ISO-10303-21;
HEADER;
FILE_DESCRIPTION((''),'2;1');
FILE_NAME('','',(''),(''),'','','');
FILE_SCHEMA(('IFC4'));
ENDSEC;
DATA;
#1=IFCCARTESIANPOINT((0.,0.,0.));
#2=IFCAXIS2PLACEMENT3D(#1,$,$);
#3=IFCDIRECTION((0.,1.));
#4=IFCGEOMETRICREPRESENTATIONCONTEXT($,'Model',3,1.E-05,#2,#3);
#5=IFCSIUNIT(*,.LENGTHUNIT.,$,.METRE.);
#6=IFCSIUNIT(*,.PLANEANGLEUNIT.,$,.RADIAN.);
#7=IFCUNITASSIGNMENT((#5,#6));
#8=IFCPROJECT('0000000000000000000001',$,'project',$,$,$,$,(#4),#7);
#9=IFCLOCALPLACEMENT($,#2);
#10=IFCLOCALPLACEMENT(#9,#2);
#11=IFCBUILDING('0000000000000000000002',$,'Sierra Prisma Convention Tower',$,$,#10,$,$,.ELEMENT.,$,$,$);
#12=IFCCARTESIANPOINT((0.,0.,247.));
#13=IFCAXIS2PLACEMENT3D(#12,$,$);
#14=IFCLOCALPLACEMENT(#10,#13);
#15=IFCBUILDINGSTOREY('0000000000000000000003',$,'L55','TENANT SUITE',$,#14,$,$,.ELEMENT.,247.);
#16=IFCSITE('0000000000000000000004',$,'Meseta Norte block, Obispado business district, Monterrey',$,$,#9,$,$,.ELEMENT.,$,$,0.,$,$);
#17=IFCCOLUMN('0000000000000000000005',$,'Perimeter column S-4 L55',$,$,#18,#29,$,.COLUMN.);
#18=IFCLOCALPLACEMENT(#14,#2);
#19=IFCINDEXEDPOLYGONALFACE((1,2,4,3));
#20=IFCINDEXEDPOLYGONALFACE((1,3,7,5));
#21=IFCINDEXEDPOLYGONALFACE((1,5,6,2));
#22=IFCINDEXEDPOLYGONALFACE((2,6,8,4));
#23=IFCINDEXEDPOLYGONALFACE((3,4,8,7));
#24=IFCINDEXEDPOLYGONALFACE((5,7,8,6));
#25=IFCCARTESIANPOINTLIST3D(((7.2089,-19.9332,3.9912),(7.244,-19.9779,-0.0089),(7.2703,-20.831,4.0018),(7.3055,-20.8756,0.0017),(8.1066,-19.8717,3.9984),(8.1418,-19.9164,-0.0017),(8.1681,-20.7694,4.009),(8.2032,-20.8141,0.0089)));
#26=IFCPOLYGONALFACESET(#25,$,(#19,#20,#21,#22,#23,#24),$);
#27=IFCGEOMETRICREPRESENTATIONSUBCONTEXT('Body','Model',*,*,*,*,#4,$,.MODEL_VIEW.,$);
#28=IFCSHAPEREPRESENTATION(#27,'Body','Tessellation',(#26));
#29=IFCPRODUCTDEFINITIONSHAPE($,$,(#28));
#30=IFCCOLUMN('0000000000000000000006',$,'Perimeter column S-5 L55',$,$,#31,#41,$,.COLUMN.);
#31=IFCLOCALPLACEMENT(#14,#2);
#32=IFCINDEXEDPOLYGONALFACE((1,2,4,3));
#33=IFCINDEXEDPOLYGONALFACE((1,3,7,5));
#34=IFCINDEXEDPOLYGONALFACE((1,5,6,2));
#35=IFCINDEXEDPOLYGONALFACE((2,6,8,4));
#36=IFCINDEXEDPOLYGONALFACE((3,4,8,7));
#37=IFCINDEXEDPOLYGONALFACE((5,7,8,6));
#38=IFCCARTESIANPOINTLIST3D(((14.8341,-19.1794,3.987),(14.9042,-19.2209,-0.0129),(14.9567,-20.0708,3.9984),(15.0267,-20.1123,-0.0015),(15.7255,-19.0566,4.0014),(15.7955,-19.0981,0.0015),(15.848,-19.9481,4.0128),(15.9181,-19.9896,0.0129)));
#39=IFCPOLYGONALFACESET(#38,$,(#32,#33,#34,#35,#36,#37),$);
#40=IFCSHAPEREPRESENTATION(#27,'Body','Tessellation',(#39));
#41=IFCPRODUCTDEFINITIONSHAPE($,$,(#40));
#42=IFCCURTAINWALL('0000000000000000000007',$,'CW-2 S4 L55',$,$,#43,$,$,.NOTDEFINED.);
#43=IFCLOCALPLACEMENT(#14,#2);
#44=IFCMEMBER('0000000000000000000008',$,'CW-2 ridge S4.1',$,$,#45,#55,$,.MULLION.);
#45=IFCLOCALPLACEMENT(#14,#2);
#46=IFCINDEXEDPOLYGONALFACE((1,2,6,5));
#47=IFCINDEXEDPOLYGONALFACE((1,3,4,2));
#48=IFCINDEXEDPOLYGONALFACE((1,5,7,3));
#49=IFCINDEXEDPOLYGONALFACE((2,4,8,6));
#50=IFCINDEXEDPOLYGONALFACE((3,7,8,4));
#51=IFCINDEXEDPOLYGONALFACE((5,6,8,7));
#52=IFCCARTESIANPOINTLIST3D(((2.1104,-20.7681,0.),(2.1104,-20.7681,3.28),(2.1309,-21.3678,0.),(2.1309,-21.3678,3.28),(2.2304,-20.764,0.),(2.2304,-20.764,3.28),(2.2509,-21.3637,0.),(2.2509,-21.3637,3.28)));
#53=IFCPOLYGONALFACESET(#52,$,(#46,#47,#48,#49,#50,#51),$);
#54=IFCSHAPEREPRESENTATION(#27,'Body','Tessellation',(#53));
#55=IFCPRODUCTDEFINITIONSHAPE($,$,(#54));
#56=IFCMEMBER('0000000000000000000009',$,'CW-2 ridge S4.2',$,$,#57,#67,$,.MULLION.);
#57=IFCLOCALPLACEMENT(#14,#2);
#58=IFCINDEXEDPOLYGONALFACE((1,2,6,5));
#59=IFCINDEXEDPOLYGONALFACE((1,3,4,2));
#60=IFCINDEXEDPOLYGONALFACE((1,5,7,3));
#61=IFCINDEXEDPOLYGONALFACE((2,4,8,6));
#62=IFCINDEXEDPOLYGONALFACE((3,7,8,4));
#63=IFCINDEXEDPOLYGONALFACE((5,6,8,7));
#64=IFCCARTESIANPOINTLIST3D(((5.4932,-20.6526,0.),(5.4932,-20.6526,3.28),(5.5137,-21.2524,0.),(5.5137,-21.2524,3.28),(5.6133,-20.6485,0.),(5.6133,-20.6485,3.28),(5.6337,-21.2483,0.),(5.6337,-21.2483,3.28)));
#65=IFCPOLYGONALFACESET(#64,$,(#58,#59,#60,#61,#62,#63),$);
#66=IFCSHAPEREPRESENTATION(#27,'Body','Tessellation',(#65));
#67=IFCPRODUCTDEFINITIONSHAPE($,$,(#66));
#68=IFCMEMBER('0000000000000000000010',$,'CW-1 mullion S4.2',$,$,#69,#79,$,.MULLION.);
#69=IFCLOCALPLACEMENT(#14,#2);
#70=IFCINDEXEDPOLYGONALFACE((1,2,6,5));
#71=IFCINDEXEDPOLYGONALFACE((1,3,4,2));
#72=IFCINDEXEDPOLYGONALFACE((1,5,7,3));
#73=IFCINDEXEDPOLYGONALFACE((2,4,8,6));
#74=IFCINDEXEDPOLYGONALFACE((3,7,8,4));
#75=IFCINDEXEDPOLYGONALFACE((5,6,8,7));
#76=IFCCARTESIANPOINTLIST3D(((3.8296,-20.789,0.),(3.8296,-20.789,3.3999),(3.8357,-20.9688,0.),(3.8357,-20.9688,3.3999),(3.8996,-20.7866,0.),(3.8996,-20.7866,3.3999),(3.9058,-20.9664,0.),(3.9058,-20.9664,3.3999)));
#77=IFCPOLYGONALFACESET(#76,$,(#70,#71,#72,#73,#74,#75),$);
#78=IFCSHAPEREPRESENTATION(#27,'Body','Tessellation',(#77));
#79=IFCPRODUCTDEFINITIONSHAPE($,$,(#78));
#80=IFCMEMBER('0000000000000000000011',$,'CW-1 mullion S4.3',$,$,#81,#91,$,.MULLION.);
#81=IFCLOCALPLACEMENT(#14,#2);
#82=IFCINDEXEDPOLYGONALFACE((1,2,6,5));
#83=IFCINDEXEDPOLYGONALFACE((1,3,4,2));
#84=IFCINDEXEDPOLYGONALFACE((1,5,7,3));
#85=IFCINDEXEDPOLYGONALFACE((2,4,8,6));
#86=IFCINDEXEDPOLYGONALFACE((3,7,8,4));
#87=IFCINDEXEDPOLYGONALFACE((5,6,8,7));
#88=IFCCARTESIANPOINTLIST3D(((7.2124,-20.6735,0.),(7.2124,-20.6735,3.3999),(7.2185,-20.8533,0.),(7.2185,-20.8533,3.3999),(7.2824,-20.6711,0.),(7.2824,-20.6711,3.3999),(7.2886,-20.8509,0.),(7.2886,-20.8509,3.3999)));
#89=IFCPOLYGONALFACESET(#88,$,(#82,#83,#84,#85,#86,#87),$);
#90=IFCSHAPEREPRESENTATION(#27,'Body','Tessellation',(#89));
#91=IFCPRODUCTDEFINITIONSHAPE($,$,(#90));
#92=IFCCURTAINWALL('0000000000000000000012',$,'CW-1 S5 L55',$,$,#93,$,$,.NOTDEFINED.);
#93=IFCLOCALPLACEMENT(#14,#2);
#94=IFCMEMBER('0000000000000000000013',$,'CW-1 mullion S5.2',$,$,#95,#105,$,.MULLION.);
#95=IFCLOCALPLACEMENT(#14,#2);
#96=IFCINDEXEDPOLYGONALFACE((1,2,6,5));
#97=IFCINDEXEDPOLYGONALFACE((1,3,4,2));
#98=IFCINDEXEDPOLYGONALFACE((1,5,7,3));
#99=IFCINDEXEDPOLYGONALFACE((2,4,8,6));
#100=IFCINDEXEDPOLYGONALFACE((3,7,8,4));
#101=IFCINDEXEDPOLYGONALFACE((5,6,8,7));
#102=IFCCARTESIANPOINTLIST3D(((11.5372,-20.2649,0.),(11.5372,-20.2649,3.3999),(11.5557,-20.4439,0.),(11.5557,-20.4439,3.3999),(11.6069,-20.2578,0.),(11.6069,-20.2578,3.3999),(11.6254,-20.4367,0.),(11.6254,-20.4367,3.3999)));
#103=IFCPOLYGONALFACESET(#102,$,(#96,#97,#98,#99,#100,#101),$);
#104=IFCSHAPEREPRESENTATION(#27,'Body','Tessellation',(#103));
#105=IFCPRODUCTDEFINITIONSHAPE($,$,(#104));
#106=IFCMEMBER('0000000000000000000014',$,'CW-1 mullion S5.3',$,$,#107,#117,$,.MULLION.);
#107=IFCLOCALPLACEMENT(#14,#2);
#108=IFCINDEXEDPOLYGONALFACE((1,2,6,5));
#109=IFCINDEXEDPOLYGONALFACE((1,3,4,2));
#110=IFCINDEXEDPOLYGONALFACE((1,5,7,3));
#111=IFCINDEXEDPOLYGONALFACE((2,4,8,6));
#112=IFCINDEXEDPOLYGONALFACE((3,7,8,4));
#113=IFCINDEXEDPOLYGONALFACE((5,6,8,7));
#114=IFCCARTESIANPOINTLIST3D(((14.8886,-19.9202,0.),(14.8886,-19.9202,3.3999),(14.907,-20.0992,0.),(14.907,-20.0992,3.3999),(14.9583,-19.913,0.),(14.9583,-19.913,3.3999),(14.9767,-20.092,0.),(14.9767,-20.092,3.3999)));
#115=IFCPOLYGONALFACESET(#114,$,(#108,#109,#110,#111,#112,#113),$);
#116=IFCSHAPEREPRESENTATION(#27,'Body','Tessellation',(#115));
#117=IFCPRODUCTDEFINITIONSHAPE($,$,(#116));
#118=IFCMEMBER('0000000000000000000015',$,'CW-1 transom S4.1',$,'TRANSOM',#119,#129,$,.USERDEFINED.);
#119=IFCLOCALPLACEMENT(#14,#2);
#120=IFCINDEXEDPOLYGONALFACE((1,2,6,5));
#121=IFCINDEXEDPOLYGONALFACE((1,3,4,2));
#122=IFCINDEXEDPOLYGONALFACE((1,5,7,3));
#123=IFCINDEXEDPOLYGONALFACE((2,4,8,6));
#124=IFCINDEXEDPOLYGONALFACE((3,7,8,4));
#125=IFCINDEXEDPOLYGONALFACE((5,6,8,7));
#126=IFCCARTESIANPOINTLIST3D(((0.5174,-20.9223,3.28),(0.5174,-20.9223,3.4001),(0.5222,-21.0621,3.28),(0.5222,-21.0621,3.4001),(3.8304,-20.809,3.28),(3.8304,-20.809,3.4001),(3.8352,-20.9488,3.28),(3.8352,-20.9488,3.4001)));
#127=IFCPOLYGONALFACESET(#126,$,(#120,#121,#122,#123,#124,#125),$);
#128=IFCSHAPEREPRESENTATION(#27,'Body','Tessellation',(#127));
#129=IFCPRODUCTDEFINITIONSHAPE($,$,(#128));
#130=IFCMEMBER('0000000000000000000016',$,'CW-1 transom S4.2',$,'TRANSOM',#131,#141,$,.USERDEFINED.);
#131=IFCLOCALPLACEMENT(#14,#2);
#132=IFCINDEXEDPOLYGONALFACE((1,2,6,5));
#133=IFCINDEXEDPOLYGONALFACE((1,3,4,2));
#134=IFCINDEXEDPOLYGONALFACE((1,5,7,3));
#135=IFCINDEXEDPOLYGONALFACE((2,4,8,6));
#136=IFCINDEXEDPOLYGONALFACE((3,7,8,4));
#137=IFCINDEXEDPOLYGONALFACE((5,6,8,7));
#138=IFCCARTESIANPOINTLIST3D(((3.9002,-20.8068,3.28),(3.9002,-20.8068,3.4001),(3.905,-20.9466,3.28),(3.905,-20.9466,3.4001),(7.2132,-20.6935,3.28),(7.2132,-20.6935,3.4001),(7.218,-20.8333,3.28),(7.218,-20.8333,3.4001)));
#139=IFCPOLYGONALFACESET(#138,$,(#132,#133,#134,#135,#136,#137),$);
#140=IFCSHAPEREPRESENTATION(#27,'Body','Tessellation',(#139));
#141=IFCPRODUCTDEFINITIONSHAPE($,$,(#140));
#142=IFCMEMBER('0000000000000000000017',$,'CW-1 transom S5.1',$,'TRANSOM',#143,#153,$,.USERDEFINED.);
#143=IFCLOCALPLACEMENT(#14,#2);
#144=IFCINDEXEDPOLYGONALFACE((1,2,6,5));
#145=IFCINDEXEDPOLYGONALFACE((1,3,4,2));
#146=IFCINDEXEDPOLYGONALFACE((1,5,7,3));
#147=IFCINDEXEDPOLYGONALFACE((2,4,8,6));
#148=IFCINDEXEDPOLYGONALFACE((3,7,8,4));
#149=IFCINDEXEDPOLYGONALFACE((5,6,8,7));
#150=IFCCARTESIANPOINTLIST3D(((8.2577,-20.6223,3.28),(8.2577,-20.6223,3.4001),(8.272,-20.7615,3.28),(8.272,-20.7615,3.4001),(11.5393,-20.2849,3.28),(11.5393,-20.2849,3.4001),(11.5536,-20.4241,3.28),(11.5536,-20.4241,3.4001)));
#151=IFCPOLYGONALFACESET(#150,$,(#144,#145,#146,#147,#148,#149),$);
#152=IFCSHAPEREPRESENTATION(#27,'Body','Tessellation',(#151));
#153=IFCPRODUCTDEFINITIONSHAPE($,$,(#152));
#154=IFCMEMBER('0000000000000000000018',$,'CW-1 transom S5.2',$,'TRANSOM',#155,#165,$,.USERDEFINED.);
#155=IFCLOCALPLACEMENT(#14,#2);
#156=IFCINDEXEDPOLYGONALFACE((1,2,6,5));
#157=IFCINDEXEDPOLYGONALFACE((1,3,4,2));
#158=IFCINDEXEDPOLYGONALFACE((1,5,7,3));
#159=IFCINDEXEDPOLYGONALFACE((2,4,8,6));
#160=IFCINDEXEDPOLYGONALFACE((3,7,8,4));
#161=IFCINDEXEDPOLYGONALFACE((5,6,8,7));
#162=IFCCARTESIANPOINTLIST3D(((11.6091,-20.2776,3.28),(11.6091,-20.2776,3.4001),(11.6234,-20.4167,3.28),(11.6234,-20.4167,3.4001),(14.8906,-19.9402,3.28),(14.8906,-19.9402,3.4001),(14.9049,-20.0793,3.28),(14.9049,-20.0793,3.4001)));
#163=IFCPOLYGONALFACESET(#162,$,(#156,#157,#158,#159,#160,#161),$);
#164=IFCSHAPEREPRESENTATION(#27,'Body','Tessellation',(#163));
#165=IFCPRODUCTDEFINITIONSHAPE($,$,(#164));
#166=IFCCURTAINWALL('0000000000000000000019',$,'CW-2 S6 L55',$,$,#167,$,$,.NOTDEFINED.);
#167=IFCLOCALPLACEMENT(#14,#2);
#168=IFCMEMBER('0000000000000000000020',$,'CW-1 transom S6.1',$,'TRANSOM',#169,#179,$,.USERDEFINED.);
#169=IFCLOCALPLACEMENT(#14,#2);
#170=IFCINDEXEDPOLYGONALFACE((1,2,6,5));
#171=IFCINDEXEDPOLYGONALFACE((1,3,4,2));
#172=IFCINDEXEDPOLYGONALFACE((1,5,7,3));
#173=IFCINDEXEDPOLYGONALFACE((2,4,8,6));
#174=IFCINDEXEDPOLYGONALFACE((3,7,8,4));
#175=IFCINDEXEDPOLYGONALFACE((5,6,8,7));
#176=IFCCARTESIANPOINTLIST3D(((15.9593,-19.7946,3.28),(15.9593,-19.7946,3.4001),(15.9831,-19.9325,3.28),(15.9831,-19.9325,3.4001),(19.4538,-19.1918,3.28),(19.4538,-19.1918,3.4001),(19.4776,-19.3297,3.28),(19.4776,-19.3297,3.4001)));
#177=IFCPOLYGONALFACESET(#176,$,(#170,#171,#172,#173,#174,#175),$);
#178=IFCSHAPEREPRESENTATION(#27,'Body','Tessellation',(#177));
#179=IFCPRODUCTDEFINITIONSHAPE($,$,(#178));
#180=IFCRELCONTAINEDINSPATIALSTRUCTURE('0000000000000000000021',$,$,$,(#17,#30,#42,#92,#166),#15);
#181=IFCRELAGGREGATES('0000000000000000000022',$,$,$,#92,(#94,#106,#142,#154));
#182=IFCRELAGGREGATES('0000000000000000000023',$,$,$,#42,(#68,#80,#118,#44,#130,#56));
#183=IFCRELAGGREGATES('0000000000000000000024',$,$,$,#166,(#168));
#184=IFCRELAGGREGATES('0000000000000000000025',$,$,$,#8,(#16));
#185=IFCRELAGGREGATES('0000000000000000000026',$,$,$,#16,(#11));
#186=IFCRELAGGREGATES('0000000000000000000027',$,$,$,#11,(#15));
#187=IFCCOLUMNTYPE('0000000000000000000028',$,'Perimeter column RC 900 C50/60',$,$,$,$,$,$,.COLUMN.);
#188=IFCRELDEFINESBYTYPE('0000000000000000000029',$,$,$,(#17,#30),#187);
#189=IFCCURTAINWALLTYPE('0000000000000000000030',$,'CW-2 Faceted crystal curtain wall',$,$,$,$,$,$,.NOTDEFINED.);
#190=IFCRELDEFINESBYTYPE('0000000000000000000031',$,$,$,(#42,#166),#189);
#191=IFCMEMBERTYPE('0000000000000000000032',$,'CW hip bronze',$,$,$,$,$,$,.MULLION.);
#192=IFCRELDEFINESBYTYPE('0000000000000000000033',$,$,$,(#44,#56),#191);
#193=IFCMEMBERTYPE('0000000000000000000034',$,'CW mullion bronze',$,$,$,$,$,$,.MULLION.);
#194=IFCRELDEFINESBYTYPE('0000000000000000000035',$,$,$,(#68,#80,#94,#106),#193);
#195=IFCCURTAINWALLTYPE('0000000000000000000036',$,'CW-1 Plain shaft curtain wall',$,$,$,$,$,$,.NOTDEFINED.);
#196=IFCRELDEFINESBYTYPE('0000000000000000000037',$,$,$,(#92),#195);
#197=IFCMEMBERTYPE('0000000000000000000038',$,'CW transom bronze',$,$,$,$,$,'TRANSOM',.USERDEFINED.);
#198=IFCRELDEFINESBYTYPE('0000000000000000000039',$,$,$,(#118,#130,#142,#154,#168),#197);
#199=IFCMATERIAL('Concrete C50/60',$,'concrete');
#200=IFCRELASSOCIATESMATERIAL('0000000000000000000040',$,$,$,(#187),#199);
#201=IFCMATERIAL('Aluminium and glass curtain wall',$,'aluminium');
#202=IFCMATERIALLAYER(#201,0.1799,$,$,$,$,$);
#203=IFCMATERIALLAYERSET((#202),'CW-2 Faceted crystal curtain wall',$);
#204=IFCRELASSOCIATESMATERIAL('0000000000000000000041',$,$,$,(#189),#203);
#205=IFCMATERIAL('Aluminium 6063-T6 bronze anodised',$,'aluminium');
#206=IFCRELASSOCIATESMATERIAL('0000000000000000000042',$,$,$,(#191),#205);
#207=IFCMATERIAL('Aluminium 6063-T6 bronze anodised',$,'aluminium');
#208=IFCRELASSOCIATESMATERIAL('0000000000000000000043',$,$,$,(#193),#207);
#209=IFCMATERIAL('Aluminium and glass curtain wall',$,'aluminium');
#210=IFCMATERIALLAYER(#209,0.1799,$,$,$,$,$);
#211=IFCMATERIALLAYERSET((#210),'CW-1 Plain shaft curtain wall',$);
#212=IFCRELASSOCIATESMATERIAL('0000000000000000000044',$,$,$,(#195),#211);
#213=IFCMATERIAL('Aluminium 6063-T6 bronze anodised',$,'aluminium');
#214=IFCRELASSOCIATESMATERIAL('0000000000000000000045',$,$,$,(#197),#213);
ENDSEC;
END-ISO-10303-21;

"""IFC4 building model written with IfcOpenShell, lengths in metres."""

from ifc_helpers import new_model, si_unit, direction, frame, origin, origin_2d, place, context, subcontext, project, spatial, rectangle, extrude, material, layer, layer_set, material_profile, profile_set, type_object, element, aggregate, save


model = new_model("IFC4")

# Units and contexts
model_context = context("Model", 3, precision=1e-05, world=origin(), true_north=direction((0.0, 1.0)))
body_context = subcontext(model_context, "Body", "Model", "MODEL_VIEW")
ifc_project = project(units=[si_unit("LENGTHUNIT", "METRE"), si_unit("PLANEANGLEUNIT", "RADIAN")], contexts=[model_context])

# Site, building, storey
site_placement = place(None, origin())
site = spatial("IfcSite", under=ifc_project, at=site_placement, Name="Meseta Norte block, Obispado business district, Monterrey", CompositionType="ELEMENT", RefElevation=0.0)
building_placement = place(site_placement, origin())
building = spatial("IfcBuilding", under=site, at=building_placement, Name="Sierra Prisma Convention Tower", CompositionType="ELEMENT")
storey_placement = place(building_placement, frame((0.0, 0.0, 247.0)))
storey = spatial("IfcBuildingStorey", under=building, at=storey_placement, Name="L55", Description="TENANT SUITE", CompositionType="ELEMENT", Elevation=247.0)

# Columns
ifc_material_1 = material(Name="Concrete C50/60", Category="concrete")
ifc_material_profile_1 = material_profile(ifc_material_1, rectangle(XDim=0.8999, YDim=0.8999, at=origin_2d()), Name="Perimeter column RC 900 C50/60")
ifc_profile_set_1 = profile_set([ifc_material_profile_1], Name="Concrete C50/60")
column_type = type_object("IfcColumnType", Name="Perimeter column RC 900 C50/60", PredefinedType="COLUMN", material=ifc_profile_set_1)
column_1_placement = place(storey_placement, frame((7.7236, -20.396, 0.0), z_axis=(-0.008788, 0.011168, 0.999899), x_axis=(0.997628, 0.068375, 0.008004)))
element("IfcColumn", 1, at=column_1_placement, inside=storey, type_object=column_type, Name="Perimeter column S-4 L55", PredefinedType="COLUMN", context=body_context, shape_type="SweptSolid", body=[
    extrude(rectangle(XDim=0.8999, YDim=0.8999, at=origin_2d()), origin(), (0.0, 0.0, 1.0), 4.0005),
])
column_2_placement = place(storey_placement, frame((15.4111, -19.6052, 0.0), z_axis=(-0.017513, 0.010374, 0.999793), x_axis=(0.990524, 0.136416, 0.015936)))
element("IfcColumn", 2, at=column_2_placement, inside=storey, type_object=column_type, Name="Perimeter column S-5 L55", PredefinedType="COLUMN", context=body_context, shape_type="SweptSolid", body=[
    extrude(rectangle(XDim=0.8999, YDim=0.8999, at=origin_2d()), origin(), (0.0, 0.0, 1.0), 4.0007),
])

# Curtain walls, members
ifc_material_2 = material(Name="Aluminium and glass curtain wall", Category="aluminium")
ifc_layer_1 = layer(ifc_material_2, 0.1799)
ifc_layer_set_1 = layer_set([ifc_layer_1], Name="CW-2 Faceted crystal curtain wall")
curtain_wall_type_1 = type_object("IfcCurtainWallType", Name="CW-2 Faceted crystal curtain wall", PredefinedType="NOTDEFINED", material=ifc_layer_set_1)
curtain_wall_1_placement = place(storey_placement, origin())
curtain_wall_1 = element("IfcCurtainWall", 3, at=curtain_wall_1_placement, inside=storey, type_object=curtain_wall_type_1, Name="CW-2 S4 L55", PredefinedType="NOTDEFINED")
ifc_material_3 = material(Name="Aluminium 6063-T6 bronze anodised", Category="aluminium")
ifc_material_profile_2 = material_profile(ifc_material_3, rectangle(XDim=0.1201, YDim=0.6001, at=origin_2d()), Name="ALU RIDGE BLADE 120x600")
ifc_profile_set_2 = profile_set([ifc_material_profile_2], Name="Aluminium 6063-T6 bronze anodised")
member_type_1 = type_object("IfcMemberType", Name="CW hip bronze", PredefinedType="MULLION", material=ifc_profile_set_2)
member_1_placement = place(storey_placement, frame((2.1807, -21.0659, 0.0), z_axis=(0.0, 0.0, 1.0), x_axis=(0.999416, 0.03416, 0.0)))
member_1 = element("IfcMember", 4, at=member_1_placement, type_object=member_type_1, Name="CW-2 ridge S4.1", PredefinedType="MULLION", context=body_context, shape_type="SweptSolid", body=[
    extrude(rectangle(XDim=0.1201, YDim=0.6001, at=origin_2d()), origin(), (0.0, 0.0, 1.0), 3.28),
])
member_2_placement = place(storey_placement, frame((5.5635, -20.9504, 0.0), z_axis=(0.0, 0.0, 1.0), x_axis=(0.999416, 0.03416, 0.0)))
member_2 = element("IfcMember", 5, at=member_2_placement, type_object=member_type_1, Name="CW-2 ridge S4.2", PredefinedType="MULLION", context=body_context, shape_type="SweptSolid", body=[
    extrude(rectangle(XDim=0.1201, YDim=0.6001, at=origin_2d()), origin(), (0.0, 0.0, 1.0), 3.28),
])
ifc_material_4 = material(Name="Aluminium 6063-T6 bronze anodised", Category="aluminium")
ifc_material_profile_3 = material_profile(ifc_material_4, rectangle(XDim=0.1799, YDim=0.0701, at=origin_2d()), Name="ALU MULLION 70x180")
ifc_profile_set_3 = profile_set([ifc_material_profile_3], Name="Aluminium 6063-T6 bronze anodised")
member_type_2 = type_object("IfcMemberType", Name="CW mullion bronze", PredefinedType="MULLION", material=ifc_profile_set_3)
member_3_placement = place(storey_placement, frame((3.8677, -20.8777, 0.0), z_axis=(0.0, 0.0, 1.0), x_axis=(-0.03416, 0.999416, 0.0)))
member_3 = element("IfcMember", 6, at=member_3_placement, type_object=member_type_2, Name="CW-1 mullion S4.2", PredefinedType="MULLION", context=body_context, shape_type="SweptSolid", body=[
    extrude(rectangle(XDim=0.1799, YDim=0.0701, at=origin_2d()), origin(), (0.0, 0.0, 1.0), 3.3999),
])
member_4_placement = place(storey_placement, frame((7.2505, -20.7622, 0.0), z_axis=(0.0, 0.0, 1.0), x_axis=(-0.03416, 0.999416, 0.0)))
member_4 = element("IfcMember", 7, at=member_4_placement, type_object=member_type_2, Name="CW-1 mullion S4.3", PredefinedType="MULLION", context=body_context, shape_type="SweptSolid", body=[
    extrude(rectangle(XDim=0.1799, YDim=0.0701, at=origin_2d()), origin(), (0.0, 0.0, 1.0), 3.3999),
])
ifc_material_5 = material(Name="Aluminium and glass curtain wall", Category="aluminium")
ifc_layer_2 = layer(ifc_material_5, 0.1799)
ifc_layer_set_2 = layer_set([ifc_layer_2], Name="CW-1 Plain shaft curtain wall")
curtain_wall_type_2 = type_object("IfcCurtainWallType", Name="CW-1 Plain shaft curtain wall", PredefinedType="NOTDEFINED", material=ifc_layer_set_2)
curtain_wall_2_placement = place(storey_placement, origin())
curtain_wall_2 = element("IfcCurtainWall", 8, at=curtain_wall_2_placement, inside=storey, type_object=curtain_wall_type_2, Name="CW-1 S5 L55", PredefinedType="NOTDEFINED")
member_5_placement = place(storey_placement, frame((11.5813, -20.3508, 0.0), z_axis=(0.0, 0.0, 1.0), x_axis=(-0.102322, 0.994751, 0.0)))
member_5 = element("IfcMember", 9, at=member_5_placement, type_object=member_type_2, Name="CW-1 mullion S5.2", PredefinedType="MULLION", context=body_context, shape_type="SweptSolid", body=[
    extrude(rectangle(XDim=0.1799, YDim=0.0701, at=origin_2d()), origin(), (0.0, 0.0, 1.0), 3.3999),
])
member_6_placement = place(storey_placement, frame((14.9326, -20.0061, 0.0), z_axis=(0.0, 0.0, 1.0), x_axis=(-0.102322, 0.994751, 0.0)))
member_6 = element("IfcMember", 10, at=member_6_placement, type_object=member_type_2, Name="CW-1 mullion S5.3", PredefinedType="MULLION", context=body_context, shape_type="SweptSolid", body=[
    extrude(rectangle(XDim=0.1799, YDim=0.0701, at=origin_2d()), origin(), (0.0, 0.0, 1.0), 3.3999),
])

# Members
ifc_material_6 = material(Name="Aluminium 6063-T6 bronze anodised", Category="aluminium")
ifc_material_profile_4 = material_profile(ifc_material_6, rectangle(XDim=0.1399, YDim=0.1201, at=origin_2d()), Name="ALU TRANSOM 120x140")
ifc_profile_set_4 = profile_set([ifc_material_profile_4], Name="Aluminium 6063-T6 bronze anodised")
member_type_3 = type_object("IfcMemberType", Name="CW transom bronze", ElementType="TRANSOM", PredefinedType="USERDEFINED", material=ifc_profile_set_4)
member_7_placement = place(storey_placement, frame((0.5198, -20.9922, 3.3401), z_axis=(0.999416, 0.034173, 0.0), x_axis=(-0.034173, 0.999416, 0.0)))
member_7 = element("IfcMember", 11, at=member_7_placement, type_object=member_type_3, Name="CW-1 transom S4.1", ObjectType="TRANSOM", PredefinedType="USERDEFINED", context=body_context, shape_type="SweptSolid", body=[
    extrude(rectangle(XDim=0.1399, YDim=0.1201, at=origin_2d()), origin(), (0.0, 0.0, 1.0), 3.3149),
])
member_8_placement = place(storey_placement, frame((3.9026, -20.8767, 3.3401), z_axis=(0.999416, 0.034173, 0.0), x_axis=(-0.034173, 0.999416, 0.0)))
member_8 = element("IfcMember", 12, at=member_8_placement, type_object=member_type_3, Name="CW-1 transom S4.2", ObjectType="TRANSOM", PredefinedType="USERDEFINED", context=body_context, shape_type="SweptSolid", body=[
    extrude(rectangle(XDim=0.1399, YDim=0.1201, at=origin_2d()), origin(), (0.0, 0.0, 1.0), 3.3149),
])
member_9_placement = place(storey_placement, frame((8.2649, -20.6919, 3.3401), z_axis=(0.994756, 0.102281, 0.0), x_axis=(-0.102281, 0.994756, 0.0)))
member_9 = element("IfcMember", 13, at=member_9_placement, type_object=member_type_3, Name="CW-1 transom S5.1", ObjectType="TRANSOM", PredefinedType="USERDEFINED", context=body_context, shape_type="SweptSolid", body=[
    extrude(rectangle(XDim=0.1399, YDim=0.1201, at=origin_2d()), origin(), (0.0, 0.0, 1.0), 3.2988),
])
member_10_placement = place(storey_placement, frame((11.6162, -20.3472, 3.3401), z_axis=(0.994756, 0.102281, 0.0), x_axis=(-0.102281, 0.994756, 0.0)))
member_10 = element("IfcMember", 14, at=member_10_placement, type_object=member_type_3, Name="CW-1 transom S5.2", ObjectType="TRANSOM", PredefinedType="USERDEFINED", context=body_context, shape_type="SweptSolid", body=[
    extrude(rectangle(XDim=0.1399, YDim=0.1201, at=origin_2d()), origin(), (0.0, 0.0, 1.0), 3.2988),
])

# Curtain wall, member
curtain_wall_3_placement = place(storey_placement, origin())
curtain_wall_3 = element("IfcCurtainWall", 15, at=curtain_wall_3_placement, inside=storey, type_object=curtain_wall_type_1, Name="CW-2 S6 L55", PredefinedType="NOTDEFINED")
member_11_placement = place(storey_placement, frame((15.9712, -19.8635, 3.3401), z_axis=(0.985448, 0.169978, 0.0), x_axis=(-0.169978, 0.985448, 0.0)))
member_11 = element("IfcMember", 16, at=member_11_placement, type_object=member_type_3, Name="CW-1 transom S6.1", ObjectType="TRANSOM", PredefinedType="USERDEFINED", context=body_context, shape_type="SweptSolid", body=[
    extrude(rectangle(XDim=0.1399, YDim=0.1201, at=origin_2d()), origin(), (0.0, 0.0, 1.0), 3.5461),
])

aggregate(curtain_wall_2, [member_5, member_6, member_9, member_10])
aggregate(curtain_wall_1, [member_3, member_4, member_7, member_1, member_8, member_2])
aggregate(curtain_wall_3, [member_11])

save(model, "model.ifc")
